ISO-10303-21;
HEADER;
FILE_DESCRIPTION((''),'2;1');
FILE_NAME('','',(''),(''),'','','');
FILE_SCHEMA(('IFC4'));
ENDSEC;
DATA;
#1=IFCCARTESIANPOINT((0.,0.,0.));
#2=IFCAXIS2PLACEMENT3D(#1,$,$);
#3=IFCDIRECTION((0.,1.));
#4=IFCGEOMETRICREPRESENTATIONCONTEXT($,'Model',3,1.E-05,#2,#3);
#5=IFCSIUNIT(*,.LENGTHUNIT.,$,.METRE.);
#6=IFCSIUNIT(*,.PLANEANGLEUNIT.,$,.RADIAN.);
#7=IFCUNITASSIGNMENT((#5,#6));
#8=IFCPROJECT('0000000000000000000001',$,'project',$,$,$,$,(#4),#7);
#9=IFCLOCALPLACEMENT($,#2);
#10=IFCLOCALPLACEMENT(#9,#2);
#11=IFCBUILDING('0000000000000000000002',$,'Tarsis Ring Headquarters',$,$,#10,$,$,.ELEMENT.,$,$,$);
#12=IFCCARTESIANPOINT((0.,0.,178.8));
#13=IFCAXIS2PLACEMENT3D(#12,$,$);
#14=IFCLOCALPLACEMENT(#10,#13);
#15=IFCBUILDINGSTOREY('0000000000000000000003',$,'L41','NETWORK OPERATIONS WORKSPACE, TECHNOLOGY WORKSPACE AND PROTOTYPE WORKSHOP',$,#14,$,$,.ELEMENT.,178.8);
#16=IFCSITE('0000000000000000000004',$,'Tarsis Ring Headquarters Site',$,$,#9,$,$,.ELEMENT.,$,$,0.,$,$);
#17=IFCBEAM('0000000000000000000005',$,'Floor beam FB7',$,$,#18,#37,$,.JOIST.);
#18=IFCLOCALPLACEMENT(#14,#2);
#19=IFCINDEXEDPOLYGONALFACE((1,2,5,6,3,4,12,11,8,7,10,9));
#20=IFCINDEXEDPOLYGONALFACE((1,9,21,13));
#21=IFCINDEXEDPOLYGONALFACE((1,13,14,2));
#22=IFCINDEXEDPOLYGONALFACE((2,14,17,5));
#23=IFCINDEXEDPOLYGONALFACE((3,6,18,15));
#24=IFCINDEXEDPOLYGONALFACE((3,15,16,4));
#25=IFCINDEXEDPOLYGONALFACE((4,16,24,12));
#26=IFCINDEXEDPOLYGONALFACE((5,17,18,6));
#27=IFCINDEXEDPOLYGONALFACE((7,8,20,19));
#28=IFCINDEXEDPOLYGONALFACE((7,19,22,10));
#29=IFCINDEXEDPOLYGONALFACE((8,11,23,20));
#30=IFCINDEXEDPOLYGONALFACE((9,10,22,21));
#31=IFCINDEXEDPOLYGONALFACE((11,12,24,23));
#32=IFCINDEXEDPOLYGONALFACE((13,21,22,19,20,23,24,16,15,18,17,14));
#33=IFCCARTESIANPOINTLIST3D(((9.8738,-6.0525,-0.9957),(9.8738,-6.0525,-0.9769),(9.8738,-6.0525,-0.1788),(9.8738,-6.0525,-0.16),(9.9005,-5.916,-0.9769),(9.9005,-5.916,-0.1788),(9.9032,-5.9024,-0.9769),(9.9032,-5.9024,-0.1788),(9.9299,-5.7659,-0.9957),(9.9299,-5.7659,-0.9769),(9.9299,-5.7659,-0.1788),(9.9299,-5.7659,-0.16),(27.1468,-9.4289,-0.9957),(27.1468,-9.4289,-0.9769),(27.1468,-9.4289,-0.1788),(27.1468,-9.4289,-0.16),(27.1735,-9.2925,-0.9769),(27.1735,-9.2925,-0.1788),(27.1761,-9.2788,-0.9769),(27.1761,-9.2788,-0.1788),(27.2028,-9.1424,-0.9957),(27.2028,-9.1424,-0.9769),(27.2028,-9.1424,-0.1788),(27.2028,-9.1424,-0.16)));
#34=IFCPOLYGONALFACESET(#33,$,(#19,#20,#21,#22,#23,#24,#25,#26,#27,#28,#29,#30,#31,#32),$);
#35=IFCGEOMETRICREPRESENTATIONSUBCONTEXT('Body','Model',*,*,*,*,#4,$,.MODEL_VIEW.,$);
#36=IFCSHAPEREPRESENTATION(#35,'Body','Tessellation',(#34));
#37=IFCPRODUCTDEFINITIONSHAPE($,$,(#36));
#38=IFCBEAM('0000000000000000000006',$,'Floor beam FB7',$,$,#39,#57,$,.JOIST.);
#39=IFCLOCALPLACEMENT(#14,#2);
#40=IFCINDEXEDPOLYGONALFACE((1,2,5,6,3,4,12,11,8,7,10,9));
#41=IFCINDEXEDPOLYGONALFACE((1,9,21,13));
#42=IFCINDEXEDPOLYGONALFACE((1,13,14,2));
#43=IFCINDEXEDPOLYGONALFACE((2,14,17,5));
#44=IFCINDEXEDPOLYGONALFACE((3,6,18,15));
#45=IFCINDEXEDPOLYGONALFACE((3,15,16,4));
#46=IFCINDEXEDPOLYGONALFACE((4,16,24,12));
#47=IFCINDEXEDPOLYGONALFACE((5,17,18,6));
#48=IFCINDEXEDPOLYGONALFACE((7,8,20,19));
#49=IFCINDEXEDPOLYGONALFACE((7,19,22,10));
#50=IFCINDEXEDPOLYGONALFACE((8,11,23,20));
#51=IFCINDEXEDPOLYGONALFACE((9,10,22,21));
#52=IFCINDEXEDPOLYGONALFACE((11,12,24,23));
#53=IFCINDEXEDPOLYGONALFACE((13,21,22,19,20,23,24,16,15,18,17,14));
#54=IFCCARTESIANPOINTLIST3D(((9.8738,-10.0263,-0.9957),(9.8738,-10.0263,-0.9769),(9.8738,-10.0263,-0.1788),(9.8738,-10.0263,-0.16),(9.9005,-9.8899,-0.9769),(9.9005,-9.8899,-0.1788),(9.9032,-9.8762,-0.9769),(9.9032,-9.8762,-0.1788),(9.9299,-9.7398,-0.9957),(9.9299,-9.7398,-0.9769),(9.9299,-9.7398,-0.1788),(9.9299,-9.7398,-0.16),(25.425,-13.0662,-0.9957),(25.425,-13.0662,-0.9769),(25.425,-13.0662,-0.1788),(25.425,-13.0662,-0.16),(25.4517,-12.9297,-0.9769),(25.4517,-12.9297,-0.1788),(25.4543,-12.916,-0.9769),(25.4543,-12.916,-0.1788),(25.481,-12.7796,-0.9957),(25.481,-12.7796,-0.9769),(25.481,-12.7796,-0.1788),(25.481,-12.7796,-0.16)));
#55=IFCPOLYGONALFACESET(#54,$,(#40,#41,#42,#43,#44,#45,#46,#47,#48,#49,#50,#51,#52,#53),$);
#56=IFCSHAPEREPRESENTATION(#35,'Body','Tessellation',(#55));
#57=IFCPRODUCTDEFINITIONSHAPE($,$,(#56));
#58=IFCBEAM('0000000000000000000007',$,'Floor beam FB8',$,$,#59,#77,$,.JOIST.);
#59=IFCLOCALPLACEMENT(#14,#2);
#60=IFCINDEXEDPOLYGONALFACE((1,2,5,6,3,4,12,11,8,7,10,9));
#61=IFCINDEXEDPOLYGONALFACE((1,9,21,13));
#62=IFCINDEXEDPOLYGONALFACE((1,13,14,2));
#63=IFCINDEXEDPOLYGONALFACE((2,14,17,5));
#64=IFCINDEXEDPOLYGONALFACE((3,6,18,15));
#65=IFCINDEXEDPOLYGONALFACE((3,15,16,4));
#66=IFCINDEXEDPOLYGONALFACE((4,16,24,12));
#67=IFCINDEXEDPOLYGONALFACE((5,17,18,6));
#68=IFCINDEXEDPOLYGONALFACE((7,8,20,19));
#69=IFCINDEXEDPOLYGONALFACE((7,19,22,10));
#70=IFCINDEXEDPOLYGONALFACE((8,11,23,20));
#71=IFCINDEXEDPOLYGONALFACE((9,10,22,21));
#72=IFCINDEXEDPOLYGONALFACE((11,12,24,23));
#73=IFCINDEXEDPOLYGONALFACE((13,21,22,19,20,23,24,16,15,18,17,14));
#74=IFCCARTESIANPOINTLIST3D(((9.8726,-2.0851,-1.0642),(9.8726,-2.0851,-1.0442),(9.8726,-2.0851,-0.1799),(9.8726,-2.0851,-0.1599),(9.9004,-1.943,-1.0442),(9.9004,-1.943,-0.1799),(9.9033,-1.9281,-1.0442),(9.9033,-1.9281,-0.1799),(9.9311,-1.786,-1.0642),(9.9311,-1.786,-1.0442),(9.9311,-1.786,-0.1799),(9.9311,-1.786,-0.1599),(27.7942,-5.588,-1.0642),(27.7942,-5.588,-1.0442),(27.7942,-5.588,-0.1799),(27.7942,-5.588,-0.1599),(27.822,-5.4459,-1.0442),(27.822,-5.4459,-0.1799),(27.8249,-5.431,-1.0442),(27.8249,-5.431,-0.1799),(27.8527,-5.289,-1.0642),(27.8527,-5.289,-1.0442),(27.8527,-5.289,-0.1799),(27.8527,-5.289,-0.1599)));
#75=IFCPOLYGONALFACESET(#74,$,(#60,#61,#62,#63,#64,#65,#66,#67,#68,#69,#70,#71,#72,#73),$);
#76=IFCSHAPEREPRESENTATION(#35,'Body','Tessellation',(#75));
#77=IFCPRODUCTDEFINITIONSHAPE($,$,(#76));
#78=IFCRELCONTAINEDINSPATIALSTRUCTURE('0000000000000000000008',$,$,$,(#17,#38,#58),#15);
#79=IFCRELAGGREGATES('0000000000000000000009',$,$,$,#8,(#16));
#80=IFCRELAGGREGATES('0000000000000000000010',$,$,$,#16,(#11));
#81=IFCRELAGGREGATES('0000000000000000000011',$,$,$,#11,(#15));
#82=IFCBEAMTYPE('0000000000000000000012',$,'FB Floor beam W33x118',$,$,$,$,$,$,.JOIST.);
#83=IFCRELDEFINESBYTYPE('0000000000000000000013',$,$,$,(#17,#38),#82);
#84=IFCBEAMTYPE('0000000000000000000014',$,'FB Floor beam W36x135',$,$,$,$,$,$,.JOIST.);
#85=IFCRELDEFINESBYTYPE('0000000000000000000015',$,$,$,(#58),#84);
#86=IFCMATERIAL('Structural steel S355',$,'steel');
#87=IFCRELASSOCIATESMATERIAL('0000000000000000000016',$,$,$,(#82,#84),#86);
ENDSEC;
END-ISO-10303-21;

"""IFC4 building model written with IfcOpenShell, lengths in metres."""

from ifc_helpers import new_model, si_unit, direction, frame, origin, origin_2d, place, context, subcontext, project, spatial, i_section, extrude, material, material_profile, profile_set, type_object, element, save


model = new_model("IFC4")

# Units and contexts
model_context = context("Model", 3, precision=1e-05, world=origin(), true_north=direction((0.0, 1.0)))
body_context = subcontext(model_context, "Body", "Model", "MODEL_VIEW")
ifc_project = project(units=[si_unit("LENGTHUNIT", "METRE"), si_unit("PLANEANGLEUNIT", "RADIAN")], contexts=[model_context])

# Site, building, storey
site_placement = place(None, origin())
site = spatial("IfcSite", under=ifc_project, at=site_placement, Name="Tarsis Ring Headquarters Site", CompositionType="ELEMENT", RefElevation=0.0)
building_placement = place(site_placement, origin())
building = spatial("IfcBuilding", under=site, at=building_placement, Name="Tarsis Ring Headquarters", CompositionType="ELEMENT")
storey_placement = place(building_placement, frame((0.0, 0.0, 178.8)))
storey = spatial("IfcBuildingStorey", under=building, at=storey_placement, Name="L41", Description="NETWORK OPERATIONS WORKSPACE, TECHNOLOGY WORKSPACE AND PROTOTYPE WORKSHOP", CompositionType="ELEMENT", Elevation=178.8)

# Beams
ifc_material_1 = material(Name="Structural steel S355", Category="steel")
ifc_material_profile_1 = material_profile(ifc_material_1, i_section(OverallWidth=0.292, OverallDepth=0.8357, WebThickness=0.0139, FlangeThickness=0.0188, at=origin_2d()), Name="W33x118")
ifc_profile_set_1 = profile_set([ifc_material_profile_1], Name="Structural steel S355")
beam_type_1 = type_object("IfcBeamType", Name="FB Floor beam W33x118", PredefinedType="JOIST", material=ifc_profile_set_1)
beam_1_placement = place(storey_placement, frame((9.9019, -5.9092, -0.5779), z_axis=(0.981425, -0.191846, 0.0), x_axis=(0.191846, 0.981425, 0.0)))
element("IfcBeam", 1, at=beam_1_placement, inside=storey, type_object=beam_type_1, Name="Floor beam FB7", PredefinedType="JOIST", context=body_context, shape_type="SweptSolid", body=[
    extrude(i_section(OverallWidth=0.292, OverallDepth=0.8357, WebThickness=0.0139, FlangeThickness=0.0188, at=origin_2d()), origin(), (0.0, 0.0, 1.0), 17.5999),
])
beam_2_placement = place(storey_placement, frame((9.9019, -9.8831, -0.5779), z_axis=(0.981426, -0.191842, 0.0), x_axis=(0.191842, 0.981426, 0.0)))
element("IfcBeam", 2, at=beam_2_placement, inside=storey, type_object=beam_type_1, Name="Floor beam FB7", PredefinedType="JOIST", context=body_context, shape_type="SweptSolid", body=[
    extrude(i_section(OverallWidth=0.292, OverallDepth=0.8357, WebThickness=0.0139, FlangeThickness=0.0188, at=origin_2d()), origin(), (0.0, 0.0, 1.0), 15.8455),
])
ifc_material_profile_2 = material_profile(ifc_material_1, i_section(OverallWidth=0.3047, OverallDepth=0.9043, WebThickness=0.0151, FlangeThickness=0.02, at=origin_2d()), Name="W36x135")
ifc_profile_set_2 = profile_set([ifc_material_profile_2], Name="Structural steel S355")
beam_type_2 = type_object("IfcBeamType", Name="FB Floor beam W36x135", PredefinedType="JOIST", material=ifc_profile_set_2)
beam_3_placement = place(storey_placement, frame((9.9019, -1.9355, -0.6121), z_axis=(0.981429, -0.191828, 0.0), x_axis=(0.191828, 0.981429, 0.0)))
element("IfcBeam", 3, at=beam_3_placement, inside=storey, type_object=beam_type_2, Name="Floor beam FB8", PredefinedType="JOIST", context=body_context, shape_type="SweptSolid", body=[
    extrude(i_section(OverallWidth=0.3047, OverallDepth=0.9043, WebThickness=0.0151, FlangeThickness=0.02, at=origin_2d()), origin(), (0.0, 0.0, 1.0), 18.2607),
])

save(model, "model.ifc")
